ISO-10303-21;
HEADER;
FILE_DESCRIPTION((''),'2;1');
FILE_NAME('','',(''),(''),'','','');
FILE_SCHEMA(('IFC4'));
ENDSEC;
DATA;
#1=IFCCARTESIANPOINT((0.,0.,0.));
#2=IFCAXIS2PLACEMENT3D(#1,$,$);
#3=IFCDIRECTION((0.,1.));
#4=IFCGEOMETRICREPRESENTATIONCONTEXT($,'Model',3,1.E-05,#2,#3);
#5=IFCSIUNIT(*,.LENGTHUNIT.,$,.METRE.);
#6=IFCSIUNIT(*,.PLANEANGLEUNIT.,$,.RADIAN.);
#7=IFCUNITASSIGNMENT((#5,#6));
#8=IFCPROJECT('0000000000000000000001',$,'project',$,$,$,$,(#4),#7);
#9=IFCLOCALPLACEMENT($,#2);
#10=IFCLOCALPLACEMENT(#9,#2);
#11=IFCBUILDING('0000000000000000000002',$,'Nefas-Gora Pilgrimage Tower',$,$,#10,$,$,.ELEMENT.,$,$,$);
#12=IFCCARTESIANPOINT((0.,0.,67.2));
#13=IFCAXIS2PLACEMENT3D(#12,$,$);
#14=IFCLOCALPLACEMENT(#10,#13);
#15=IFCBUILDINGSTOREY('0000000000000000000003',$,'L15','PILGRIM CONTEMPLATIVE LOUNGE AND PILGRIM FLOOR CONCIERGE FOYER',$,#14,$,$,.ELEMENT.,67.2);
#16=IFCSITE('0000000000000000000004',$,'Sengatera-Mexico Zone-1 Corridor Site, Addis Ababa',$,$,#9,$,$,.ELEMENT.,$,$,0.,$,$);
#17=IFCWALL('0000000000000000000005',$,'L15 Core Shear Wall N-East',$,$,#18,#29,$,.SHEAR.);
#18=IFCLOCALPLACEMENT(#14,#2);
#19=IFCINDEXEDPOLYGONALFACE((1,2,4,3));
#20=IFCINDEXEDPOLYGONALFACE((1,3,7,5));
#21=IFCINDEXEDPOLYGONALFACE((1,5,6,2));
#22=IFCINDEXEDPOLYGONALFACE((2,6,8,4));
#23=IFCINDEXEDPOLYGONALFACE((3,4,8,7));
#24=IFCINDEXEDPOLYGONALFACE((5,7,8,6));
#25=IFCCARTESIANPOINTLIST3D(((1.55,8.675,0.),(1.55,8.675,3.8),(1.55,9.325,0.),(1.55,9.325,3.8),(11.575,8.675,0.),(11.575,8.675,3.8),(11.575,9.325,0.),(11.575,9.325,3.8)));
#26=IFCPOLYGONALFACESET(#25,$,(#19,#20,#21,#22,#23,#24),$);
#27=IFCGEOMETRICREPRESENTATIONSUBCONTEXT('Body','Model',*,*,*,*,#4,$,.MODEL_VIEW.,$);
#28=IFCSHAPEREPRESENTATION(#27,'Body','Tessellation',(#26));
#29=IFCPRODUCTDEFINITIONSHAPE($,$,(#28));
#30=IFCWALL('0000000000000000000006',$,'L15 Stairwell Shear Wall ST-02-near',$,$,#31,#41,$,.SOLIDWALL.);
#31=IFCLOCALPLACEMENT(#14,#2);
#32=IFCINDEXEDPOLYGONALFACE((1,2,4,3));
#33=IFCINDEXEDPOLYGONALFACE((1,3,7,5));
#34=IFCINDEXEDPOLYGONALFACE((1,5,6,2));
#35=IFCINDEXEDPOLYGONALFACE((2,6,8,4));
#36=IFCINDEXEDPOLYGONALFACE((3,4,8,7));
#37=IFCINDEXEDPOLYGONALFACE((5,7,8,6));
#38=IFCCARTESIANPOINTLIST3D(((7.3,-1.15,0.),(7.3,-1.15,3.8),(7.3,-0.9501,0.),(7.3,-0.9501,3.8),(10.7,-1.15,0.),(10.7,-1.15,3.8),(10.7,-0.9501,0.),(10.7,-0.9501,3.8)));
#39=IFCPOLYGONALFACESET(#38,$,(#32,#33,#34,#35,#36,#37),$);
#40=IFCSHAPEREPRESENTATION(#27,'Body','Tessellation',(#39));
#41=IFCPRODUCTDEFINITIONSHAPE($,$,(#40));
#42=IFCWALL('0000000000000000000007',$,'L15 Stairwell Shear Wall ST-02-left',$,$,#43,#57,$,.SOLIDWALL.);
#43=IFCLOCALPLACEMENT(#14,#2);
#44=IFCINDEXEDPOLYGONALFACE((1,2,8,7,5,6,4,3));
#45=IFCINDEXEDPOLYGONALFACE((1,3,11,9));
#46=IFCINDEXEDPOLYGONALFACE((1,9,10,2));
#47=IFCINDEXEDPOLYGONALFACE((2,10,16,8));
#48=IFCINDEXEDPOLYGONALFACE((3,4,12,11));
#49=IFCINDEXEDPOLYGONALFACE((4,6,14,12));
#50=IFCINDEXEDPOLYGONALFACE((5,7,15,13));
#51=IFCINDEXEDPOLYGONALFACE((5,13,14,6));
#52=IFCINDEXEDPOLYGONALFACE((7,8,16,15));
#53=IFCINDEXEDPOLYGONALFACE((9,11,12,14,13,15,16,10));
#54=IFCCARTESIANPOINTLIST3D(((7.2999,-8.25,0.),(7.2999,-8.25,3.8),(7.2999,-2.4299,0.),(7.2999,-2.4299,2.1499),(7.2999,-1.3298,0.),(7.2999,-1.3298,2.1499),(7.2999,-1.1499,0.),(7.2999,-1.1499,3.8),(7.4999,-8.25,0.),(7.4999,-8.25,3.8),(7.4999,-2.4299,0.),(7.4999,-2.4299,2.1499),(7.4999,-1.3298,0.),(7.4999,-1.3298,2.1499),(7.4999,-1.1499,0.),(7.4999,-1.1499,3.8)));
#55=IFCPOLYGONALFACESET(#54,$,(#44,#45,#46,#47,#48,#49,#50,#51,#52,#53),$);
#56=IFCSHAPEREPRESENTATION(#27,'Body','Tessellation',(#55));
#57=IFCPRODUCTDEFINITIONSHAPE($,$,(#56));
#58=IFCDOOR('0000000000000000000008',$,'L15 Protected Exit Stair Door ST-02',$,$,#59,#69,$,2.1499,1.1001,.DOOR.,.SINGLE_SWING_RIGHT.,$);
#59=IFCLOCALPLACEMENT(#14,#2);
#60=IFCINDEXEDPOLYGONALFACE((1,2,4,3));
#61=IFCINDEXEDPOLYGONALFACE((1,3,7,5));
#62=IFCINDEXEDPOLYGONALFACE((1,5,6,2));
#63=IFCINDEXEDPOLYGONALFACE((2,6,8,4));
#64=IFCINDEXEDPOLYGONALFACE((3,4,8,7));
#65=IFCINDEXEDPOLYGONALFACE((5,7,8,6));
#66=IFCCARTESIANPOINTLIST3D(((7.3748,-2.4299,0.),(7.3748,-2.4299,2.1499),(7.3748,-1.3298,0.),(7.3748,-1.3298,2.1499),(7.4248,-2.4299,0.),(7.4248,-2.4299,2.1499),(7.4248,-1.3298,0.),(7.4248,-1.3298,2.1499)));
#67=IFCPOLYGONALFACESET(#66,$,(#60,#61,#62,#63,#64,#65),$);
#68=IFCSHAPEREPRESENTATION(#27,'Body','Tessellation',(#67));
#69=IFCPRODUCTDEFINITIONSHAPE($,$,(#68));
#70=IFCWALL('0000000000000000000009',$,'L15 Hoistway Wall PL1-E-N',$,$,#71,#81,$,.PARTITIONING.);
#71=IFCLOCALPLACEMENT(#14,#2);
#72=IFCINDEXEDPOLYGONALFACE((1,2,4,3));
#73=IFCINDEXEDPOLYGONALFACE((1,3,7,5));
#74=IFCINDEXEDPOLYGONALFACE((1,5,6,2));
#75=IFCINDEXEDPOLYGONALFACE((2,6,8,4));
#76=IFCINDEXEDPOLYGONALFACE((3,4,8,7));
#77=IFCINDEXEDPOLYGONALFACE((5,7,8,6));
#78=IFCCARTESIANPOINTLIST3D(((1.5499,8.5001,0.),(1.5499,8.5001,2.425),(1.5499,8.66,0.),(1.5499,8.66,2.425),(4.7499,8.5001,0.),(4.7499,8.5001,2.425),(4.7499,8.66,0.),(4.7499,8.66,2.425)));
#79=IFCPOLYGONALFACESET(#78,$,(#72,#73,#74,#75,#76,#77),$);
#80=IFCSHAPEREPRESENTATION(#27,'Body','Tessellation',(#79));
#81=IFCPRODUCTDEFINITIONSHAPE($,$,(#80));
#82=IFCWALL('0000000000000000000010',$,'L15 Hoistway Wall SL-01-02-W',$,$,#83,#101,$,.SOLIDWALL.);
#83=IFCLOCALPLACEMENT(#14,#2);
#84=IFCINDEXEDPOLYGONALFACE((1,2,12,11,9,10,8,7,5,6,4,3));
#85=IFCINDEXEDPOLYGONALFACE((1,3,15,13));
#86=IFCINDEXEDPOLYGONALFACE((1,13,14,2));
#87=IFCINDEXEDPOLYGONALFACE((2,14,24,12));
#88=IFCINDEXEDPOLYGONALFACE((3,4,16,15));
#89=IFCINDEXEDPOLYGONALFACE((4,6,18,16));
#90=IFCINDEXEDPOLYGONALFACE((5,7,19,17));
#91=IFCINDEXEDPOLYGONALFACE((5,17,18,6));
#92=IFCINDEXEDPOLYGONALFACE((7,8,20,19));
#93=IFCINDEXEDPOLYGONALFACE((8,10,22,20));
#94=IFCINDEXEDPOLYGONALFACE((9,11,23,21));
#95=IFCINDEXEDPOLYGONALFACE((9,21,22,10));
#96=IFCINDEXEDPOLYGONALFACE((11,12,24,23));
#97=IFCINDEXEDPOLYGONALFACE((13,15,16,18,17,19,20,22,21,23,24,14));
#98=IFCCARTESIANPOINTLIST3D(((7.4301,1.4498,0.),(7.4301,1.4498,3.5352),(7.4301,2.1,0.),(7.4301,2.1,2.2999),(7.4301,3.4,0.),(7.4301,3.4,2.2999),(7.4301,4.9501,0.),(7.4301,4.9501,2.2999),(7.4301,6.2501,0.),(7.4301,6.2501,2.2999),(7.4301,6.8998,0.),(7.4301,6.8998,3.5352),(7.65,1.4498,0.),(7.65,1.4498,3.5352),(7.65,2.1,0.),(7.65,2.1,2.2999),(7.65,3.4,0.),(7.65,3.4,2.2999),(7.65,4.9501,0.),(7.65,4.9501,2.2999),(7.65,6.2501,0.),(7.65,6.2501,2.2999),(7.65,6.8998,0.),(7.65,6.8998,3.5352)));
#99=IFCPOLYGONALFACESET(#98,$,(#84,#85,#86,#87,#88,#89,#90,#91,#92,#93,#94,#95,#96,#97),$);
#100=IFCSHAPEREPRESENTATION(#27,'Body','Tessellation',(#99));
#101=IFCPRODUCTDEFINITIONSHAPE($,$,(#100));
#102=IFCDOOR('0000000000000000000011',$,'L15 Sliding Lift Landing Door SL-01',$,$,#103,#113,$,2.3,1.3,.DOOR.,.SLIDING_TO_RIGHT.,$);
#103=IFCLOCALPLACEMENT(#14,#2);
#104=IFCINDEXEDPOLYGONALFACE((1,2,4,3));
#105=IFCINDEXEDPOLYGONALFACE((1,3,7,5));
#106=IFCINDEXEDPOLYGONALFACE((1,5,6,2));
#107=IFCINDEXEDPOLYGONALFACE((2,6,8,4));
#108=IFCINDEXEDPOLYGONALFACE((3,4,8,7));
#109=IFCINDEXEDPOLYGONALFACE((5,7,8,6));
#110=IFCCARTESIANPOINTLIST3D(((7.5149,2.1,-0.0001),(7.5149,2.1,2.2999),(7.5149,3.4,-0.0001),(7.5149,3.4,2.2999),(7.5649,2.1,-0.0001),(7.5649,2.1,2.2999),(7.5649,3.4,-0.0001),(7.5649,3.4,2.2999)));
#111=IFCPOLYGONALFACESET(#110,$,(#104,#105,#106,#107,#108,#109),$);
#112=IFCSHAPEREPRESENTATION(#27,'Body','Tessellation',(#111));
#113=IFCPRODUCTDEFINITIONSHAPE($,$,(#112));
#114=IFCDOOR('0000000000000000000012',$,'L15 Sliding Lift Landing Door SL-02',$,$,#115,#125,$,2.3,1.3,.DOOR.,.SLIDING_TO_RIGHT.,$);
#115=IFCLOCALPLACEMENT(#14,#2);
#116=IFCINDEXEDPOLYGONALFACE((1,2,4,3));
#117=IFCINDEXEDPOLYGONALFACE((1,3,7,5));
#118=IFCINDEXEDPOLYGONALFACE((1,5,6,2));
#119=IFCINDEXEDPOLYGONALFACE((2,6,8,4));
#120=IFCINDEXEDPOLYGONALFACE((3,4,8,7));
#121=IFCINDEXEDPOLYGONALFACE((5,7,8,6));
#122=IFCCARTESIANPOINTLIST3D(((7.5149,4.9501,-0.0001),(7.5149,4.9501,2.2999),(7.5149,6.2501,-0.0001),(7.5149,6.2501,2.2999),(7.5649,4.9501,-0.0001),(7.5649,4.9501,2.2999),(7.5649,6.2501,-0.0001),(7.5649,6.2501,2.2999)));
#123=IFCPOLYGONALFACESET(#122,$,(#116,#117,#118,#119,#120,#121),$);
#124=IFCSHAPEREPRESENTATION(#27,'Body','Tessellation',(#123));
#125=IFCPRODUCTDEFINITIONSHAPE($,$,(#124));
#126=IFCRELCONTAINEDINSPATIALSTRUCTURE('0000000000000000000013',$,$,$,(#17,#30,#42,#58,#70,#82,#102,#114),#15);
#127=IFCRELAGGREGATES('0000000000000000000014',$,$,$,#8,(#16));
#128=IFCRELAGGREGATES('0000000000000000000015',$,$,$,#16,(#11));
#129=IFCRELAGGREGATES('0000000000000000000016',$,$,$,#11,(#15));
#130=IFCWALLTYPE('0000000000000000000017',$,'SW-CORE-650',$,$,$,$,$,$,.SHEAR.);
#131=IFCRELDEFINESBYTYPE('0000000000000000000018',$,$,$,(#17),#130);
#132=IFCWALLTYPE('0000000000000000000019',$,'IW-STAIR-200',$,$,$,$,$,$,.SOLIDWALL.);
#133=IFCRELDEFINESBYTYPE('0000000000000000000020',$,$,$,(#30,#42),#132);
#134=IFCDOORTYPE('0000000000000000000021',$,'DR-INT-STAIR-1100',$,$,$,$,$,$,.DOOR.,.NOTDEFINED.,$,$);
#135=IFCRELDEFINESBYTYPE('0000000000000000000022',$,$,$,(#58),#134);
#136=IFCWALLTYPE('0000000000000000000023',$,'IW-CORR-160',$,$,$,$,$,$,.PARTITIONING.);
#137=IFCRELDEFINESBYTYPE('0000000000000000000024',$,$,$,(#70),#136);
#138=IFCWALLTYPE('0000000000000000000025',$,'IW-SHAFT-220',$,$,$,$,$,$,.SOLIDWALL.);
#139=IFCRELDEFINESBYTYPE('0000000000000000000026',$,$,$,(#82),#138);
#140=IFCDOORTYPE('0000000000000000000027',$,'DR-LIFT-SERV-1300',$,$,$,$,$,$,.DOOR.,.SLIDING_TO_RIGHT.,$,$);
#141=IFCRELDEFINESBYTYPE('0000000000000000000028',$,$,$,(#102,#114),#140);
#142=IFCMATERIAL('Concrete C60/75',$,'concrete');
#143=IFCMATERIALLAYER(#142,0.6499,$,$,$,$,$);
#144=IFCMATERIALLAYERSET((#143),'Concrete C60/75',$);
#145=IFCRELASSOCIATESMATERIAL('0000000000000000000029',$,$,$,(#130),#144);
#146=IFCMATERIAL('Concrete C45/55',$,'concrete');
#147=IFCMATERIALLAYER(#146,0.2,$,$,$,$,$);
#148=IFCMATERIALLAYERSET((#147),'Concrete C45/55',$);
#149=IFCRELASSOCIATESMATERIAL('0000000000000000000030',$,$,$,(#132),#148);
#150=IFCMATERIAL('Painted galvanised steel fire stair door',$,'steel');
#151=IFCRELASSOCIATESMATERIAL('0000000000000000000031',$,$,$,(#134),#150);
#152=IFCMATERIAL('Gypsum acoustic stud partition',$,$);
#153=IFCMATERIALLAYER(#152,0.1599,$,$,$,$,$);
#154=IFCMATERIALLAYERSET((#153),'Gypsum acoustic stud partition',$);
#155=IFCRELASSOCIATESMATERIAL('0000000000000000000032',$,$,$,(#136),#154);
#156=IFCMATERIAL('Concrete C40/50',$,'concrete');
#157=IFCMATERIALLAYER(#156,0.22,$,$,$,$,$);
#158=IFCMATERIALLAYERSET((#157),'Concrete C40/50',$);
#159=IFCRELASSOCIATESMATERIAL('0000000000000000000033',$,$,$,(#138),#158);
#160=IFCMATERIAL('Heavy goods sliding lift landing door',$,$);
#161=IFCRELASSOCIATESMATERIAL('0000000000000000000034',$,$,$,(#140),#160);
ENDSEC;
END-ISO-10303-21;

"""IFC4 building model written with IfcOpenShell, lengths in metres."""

from ifc_helpers import new_model, si_unit, direction, frame, frame_2d, origin, place, context, subcontext, project, spatial, rectangle, extrude, source, transform, mapped, material, layer, layer_set, type_object, element, fill, save


model = new_model("IFC4")

# Units and contexts
model_context = context("Model", 3, precision=1e-05, world=origin(), true_north=direction((0.0, 1.0)))
body_context = subcontext(model_context, "Body", "Model", "MODEL_VIEW")
ifc_project = project(units=[si_unit("LENGTHUNIT", "METRE"), si_unit("PLANEANGLEUNIT", "RADIAN")], contexts=[model_context])

# Site, building, storey
site_placement = place(None, origin())
site = spatial("IfcSite", under=ifc_project, at=site_placement, Name="Sengatera-Mexico Zone-1 Corridor Site, Addis Ababa", CompositionType="ELEMENT", RefElevation=0.0)
building_placement = place(site_placement, origin())
building = spatial("IfcBuilding", under=site, at=building_placement, Name="Nefas-Gora Pilgrimage Tower", CompositionType="ELEMENT")
storey_placement = place(building_placement, frame((0.0, 0.0, 67.2)))
storey = spatial("IfcBuildingStorey", under=building, at=storey_placement, Name="L15", Description="PILGRIM CONTEMPLATIVE LOUNGE AND PILGRIM FLOOR CONCIERGE FOYER", CompositionType="ELEMENT", Elevation=67.2)

# Walls
ifc_material_1 = material(Name="Concrete C60/75", Category="concrete")
ifc_layer_1 = layer(ifc_material_1, 0.6499)
ifc_layer_set_1 = layer_set([ifc_layer_1], Name="Concrete C60/75")
wall_type_1 = type_object("IfcWallType", Name="SW-CORE-650", PredefinedType="SHEAR", material=ifc_layer_set_1)
shared_shape_1 = source(origin(), body_context, "Body", "SweptSolid", [
    extrude(rectangle(XDim=10.0249, YDim=0.6499, at=frame_2d((5.0125, 0.0))), origin(), (0.0, 0.0, 1.0), 3.8),
])
wall_1_placement = place(storey_placement, frame((1.55, 9.0, 0.0), z_axis=(0.0, 0.0, 1.0), x_axis=(1.0, 0.0, 0.0)))
element("IfcWall", 1, at=wall_1_placement, inside=storey, type_object=wall_type_1, Name="L15 Core Shear Wall N-East", PredefinedType="SHEAR", context=body_context, shape_type="MappedRepresentation", body=[
    mapped(shared_shape_1, transform((0.0, 0.0, 0.0), x_axis=(1.0, 0.0, 0.0), y_axis=(0.0, 1.0, 0.0), z_axis=(0.0, 0.0, 1.0), scale=1.0)),
])
ifc_material_2 = material(Name="Concrete C45/55", Category="concrete")
ifc_layer_2 = layer(ifc_material_2, 0.2)
ifc_layer_set_2 = layer_set([ifc_layer_2], Name="Concrete C45/55")
wall_type_2 = type_object("IfcWallType", Name="IW-STAIR-200", PredefinedType="SOLIDWALL", material=ifc_layer_set_2)
shared_shape_2 = source(origin(), body_context, "Body", "SweptSolid", [
    extrude(rectangle(XDim=3.3999, YDim=0.2, at=frame_2d((1.7, 0.0))), origin(), (0.0, 0.0, 1.0), 3.8),
])
wall_2_placement = place(storey_placement, frame((7.3, -1.05, 0.0), z_axis=(0.0, 0.0, 1.0), x_axis=(1.0, 0.0, 0.0)))
element("IfcWall", 2, at=wall_2_placement, inside=storey, type_object=wall_type_2, Name="L15 Stairwell Shear Wall ST-02-near", PredefinedType="SOLIDWALL", context=body_context, shape_type="MappedRepresentation", body=[
    mapped(shared_shape_2, transform((0.0, 0.0, 0.0), x_axis=(1.0, 0.0, 0.0), y_axis=(0.0, 1.0, 0.0), z_axis=(0.0, 0.0, 1.0), scale=1.0)),
])

# Wall, opening, door
shared_shape_3 = source(origin(), body_context, "Body", "SweptSolid", [
    extrude(rectangle(XDim=7.1001, YDim=0.2, at=frame_2d((3.55, 0.0))), origin(), (0.0, 0.0, 1.0), 3.8),
])
wall_3_placement = place(storey_placement, frame((7.3999, -1.1499, 0.0), z_axis=(0.0, 0.0, 1.0), x_axis=(0.0, -1.0, 0.0)))
wall_3 = element("IfcWall", 3, at=wall_3_placement, inside=storey, type_object=wall_type_2, Name="L15 Stairwell Shear Wall ST-02-left", PredefinedType="SOLIDWALL", context=body_context, shape_type="MappedRepresentation", body=[
    mapped(shared_shape_3, transform((0.0, 0.0, 0.0), x_axis=(1.0, 0.0, 0.0), y_axis=(0.0, 1.0, 0.0), z_axis=(0.0, 0.0, 1.0), scale=1.0)),
])
opening_1_placement = place(wall_3_placement, frame((0.1799, 0.0, 0.0)))
opening_1 = element("IfcOpeningElement", 4, at=opening_1_placement, cuts=wall_3, PredefinedType="OPENING", context=body_context, shape_type="SweptSolid", body=[
    extrude(rectangle(XDim=1.1001, YDim=2.1499, at=frame_2d((0.55, 1.075))), frame((0.0, 0.1099, 0.0), z_axis=(0.0, -1.0, 0.0), x_axis=(1.0, 0.0, 0.0)), (0.0, 0.0, 1.0), 0.22),
])
ifc_material_3 = material(Name="Painted galvanised steel fire stair door", Category="steel")
door_type_1 = type_object("IfcDoorType", Name="DR-INT-STAIR-1100", OperationType="NOTDEFINED", PredefinedType="DOOR", material=ifc_material_3)
shared_shape_4 = source(origin(), body_context, "Body", "SweptSolid", [
    extrude(rectangle(XDim=1.1001, YDim=2.1499, at=frame_2d((0.55, 1.075))), frame((0.0, 0.0249, 0.0), z_axis=(0.0, -1.0, 0.0), x_axis=(1.0, 0.0, 0.0)), (0.0, 0.0, 1.0), 0.05),
])
door_1_placement = place(opening_1_placement, origin())
door_1 = element("IfcDoor", 5, at=door_1_placement, inside=storey, type_object=door_type_1, Name="L15 Protected Exit Stair Door ST-02", OperationType="SINGLE_SWING_RIGHT", OverallHeight=2.1499, OverallWidth=1.1001, PredefinedType="DOOR", context=body_context, shape_type="MappedRepresentation", body=[
    mapped(shared_shape_4, transform((0.0, 0.0, 0.0), x_axis=(1.0, 0.0, 0.0), y_axis=(0.0, 1.0, 0.0), z_axis=(0.0, 0.0, 1.0), scale=1.0)),
])
fill(opening_1, door_1)

# Wall
ifc_material_4 = material(Name="Gypsum acoustic stud partition")
ifc_layer_3 = layer(ifc_material_4, 0.1599)
ifc_layer_set_3 = layer_set([ifc_layer_3], Name="Gypsum acoustic stud partition")
wall_type_3 = type_object("IfcWallType", Name="IW-CORR-160", PredefinedType="PARTITIONING", material=ifc_layer_set_3)
shared_shape_5 = source(origin(), body_context, "Body", "SweptSolid", [
    extrude(rectangle(XDim=3.2, YDim=0.1599, at=frame_2d((1.6001, 0.0))), origin(), (0.0, 0.0, 1.0), 2.425),
])
wall_4_placement = place(storey_placement, frame((4.75, 8.5801, 0.0), z_axis=(0.0, 0.0, 1.0), x_axis=(-1.0, 0.0, 0.0)))
element("IfcWall", 6, at=wall_4_placement, inside=storey, type_object=wall_type_3, Name="L15 Hoistway Wall PL1-E-N", PredefinedType="PARTITIONING", context=body_context, shape_type="MappedRepresentation", body=[
    mapped(shared_shape_5, transform((0.0, 0.0, 0.0), x_axis=(1.0, 0.0, 0.0), y_axis=(0.0, 1.0, 0.0), z_axis=(0.0, 0.0, 1.0), scale=1.0)),
])

# Wall, openings, doors
ifc_material_5 = material(Name="Concrete C40/50", Category="concrete")
ifc_layer_4 = layer(ifc_material_5, 0.22)
ifc_layer_set_4 = layer_set([ifc_layer_4], Name="Concrete C40/50")
wall_type_4 = type_object("IfcWallType", Name="IW-SHAFT-220", PredefinedType="SOLIDWALL", material=ifc_layer_set_4)
shared_shape_6 = source(origin(), body_context, "Body", "SweptSolid", [
    extrude(rectangle(XDim=5.45, YDim=0.22, at=frame_2d((2.7251, 0.0))), origin(), (0.0, 0.0, 1.0), 3.5352),
])
wall_5_placement = place(storey_placement, frame((7.54, 6.8999, 0.0), z_axis=(0.0, 0.0, 1.0), x_axis=(0.0, -1.0, 0.0)))
wall_5 = element("IfcWall", 7, at=wall_5_placement, inside=storey, type_object=wall_type_4, Name="L15 Hoistway Wall SL-01-02-W", PredefinedType="SOLIDWALL", context=body_context, shape_type="MappedRepresentation", body=[
    mapped(shared_shape_6, transform((0.0, 0.0, 0.0), x_axis=(1.0, 0.0, 0.0), y_axis=(0.0, 1.0, 0.0), z_axis=(0.0, 0.0, 1.0), scale=1.0)),
])
opening_2_placement = place(wall_5_placement, frame((3.5, 0.0, 0.0)))
opening_2 = element("IfcOpeningElement", 8, at=opening_2_placement, cuts=wall_5, PredefinedType="OPENING", context=body_context, shape_type="SweptSolid", body=[
    extrude(rectangle(XDim=1.3, YDim=2.3, at=frame_2d((0.6499, 1.1499))), frame((0.0, 0.1199, 0.0), z_axis=(0.0, -1.0, 0.0), x_axis=(1.0, 0.0, 0.0)), (0.0, 0.0, 1.0), 0.24),
])
opening_3_placement = place(wall_5_placement, frame((0.6499, 0.0, 0.0)))
opening_3 = element("IfcOpeningElement", 9, at=opening_3_placement, cuts=wall_5, PredefinedType="OPENING", context=body_context, shape_type="SweptSolid", body=[
    extrude(rectangle(XDim=1.3, YDim=2.3, at=frame_2d((0.6499, 1.1499))), frame((0.0, 0.1199, 0.0), z_axis=(0.0, -1.0, 0.0), x_axis=(1.0, 0.0, 0.0)), (0.0, 0.0, 1.0), 0.24),
])
ifc_material_6 = material(Name="Heavy goods sliding lift landing door")
door_type_2 = type_object("IfcDoorType", Name="DR-LIFT-SERV-1300", OperationType="SLIDING_TO_RIGHT", PredefinedType="DOOR", material=ifc_material_6)
shared_shape_7 = source(origin(), body_context, "Body", "SweptSolid", [
    extrude(rectangle(XDim=1.3, YDim=2.3, at=frame_2d((0.6499, 1.1499))), frame((0.0, 0.0249, 0.0), z_axis=(0.0, -1.0, 0.0), x_axis=(1.0, 0.0, 0.0)), (0.0, 0.0, 1.0), 0.05),
])
door_2_placement = place(opening_2_placement, origin())
door_2 = element("IfcDoor", 10, at=door_2_placement, inside=storey, type_object=door_type_2, Name="L15 Sliding Lift Landing Door SL-01", OperationType="SLIDING_TO_RIGHT", OverallHeight=2.3, OverallWidth=1.3, PredefinedType="DOOR", context=body_context, shape_type="MappedRepresentation", body=[
    mapped(shared_shape_7, transform((0.0, 0.0, 0.0), x_axis=(1.0, 0.0, 0.0), y_axis=(0.0, 1.0, 0.0), z_axis=(0.0, 0.0, 1.0), scale=1.0)),
])
fill(opening_2, door_2)
door_3_placement = place(opening_3_placement, origin())
door_3 = element("IfcDoor", 11, at=door_3_placement, inside=storey, type_object=door_type_2, Name="L15 Sliding Lift Landing Door SL-02", OperationType="SLIDING_TO_RIGHT", OverallHeight=2.3, OverallWidth=1.3, PredefinedType="DOOR", context=body_context, shape_type="MappedRepresentation", body=[
    mapped(shared_shape_7, transform((0.0, 0.0, 0.0), x_axis=(1.0, 0.0, 0.0), y_axis=(0.0, 1.0, 0.0), z_axis=(0.0, 0.0, 1.0), scale=1.0)),
])
fill(opening_3, door_3)

save(model, "model.ifc")
